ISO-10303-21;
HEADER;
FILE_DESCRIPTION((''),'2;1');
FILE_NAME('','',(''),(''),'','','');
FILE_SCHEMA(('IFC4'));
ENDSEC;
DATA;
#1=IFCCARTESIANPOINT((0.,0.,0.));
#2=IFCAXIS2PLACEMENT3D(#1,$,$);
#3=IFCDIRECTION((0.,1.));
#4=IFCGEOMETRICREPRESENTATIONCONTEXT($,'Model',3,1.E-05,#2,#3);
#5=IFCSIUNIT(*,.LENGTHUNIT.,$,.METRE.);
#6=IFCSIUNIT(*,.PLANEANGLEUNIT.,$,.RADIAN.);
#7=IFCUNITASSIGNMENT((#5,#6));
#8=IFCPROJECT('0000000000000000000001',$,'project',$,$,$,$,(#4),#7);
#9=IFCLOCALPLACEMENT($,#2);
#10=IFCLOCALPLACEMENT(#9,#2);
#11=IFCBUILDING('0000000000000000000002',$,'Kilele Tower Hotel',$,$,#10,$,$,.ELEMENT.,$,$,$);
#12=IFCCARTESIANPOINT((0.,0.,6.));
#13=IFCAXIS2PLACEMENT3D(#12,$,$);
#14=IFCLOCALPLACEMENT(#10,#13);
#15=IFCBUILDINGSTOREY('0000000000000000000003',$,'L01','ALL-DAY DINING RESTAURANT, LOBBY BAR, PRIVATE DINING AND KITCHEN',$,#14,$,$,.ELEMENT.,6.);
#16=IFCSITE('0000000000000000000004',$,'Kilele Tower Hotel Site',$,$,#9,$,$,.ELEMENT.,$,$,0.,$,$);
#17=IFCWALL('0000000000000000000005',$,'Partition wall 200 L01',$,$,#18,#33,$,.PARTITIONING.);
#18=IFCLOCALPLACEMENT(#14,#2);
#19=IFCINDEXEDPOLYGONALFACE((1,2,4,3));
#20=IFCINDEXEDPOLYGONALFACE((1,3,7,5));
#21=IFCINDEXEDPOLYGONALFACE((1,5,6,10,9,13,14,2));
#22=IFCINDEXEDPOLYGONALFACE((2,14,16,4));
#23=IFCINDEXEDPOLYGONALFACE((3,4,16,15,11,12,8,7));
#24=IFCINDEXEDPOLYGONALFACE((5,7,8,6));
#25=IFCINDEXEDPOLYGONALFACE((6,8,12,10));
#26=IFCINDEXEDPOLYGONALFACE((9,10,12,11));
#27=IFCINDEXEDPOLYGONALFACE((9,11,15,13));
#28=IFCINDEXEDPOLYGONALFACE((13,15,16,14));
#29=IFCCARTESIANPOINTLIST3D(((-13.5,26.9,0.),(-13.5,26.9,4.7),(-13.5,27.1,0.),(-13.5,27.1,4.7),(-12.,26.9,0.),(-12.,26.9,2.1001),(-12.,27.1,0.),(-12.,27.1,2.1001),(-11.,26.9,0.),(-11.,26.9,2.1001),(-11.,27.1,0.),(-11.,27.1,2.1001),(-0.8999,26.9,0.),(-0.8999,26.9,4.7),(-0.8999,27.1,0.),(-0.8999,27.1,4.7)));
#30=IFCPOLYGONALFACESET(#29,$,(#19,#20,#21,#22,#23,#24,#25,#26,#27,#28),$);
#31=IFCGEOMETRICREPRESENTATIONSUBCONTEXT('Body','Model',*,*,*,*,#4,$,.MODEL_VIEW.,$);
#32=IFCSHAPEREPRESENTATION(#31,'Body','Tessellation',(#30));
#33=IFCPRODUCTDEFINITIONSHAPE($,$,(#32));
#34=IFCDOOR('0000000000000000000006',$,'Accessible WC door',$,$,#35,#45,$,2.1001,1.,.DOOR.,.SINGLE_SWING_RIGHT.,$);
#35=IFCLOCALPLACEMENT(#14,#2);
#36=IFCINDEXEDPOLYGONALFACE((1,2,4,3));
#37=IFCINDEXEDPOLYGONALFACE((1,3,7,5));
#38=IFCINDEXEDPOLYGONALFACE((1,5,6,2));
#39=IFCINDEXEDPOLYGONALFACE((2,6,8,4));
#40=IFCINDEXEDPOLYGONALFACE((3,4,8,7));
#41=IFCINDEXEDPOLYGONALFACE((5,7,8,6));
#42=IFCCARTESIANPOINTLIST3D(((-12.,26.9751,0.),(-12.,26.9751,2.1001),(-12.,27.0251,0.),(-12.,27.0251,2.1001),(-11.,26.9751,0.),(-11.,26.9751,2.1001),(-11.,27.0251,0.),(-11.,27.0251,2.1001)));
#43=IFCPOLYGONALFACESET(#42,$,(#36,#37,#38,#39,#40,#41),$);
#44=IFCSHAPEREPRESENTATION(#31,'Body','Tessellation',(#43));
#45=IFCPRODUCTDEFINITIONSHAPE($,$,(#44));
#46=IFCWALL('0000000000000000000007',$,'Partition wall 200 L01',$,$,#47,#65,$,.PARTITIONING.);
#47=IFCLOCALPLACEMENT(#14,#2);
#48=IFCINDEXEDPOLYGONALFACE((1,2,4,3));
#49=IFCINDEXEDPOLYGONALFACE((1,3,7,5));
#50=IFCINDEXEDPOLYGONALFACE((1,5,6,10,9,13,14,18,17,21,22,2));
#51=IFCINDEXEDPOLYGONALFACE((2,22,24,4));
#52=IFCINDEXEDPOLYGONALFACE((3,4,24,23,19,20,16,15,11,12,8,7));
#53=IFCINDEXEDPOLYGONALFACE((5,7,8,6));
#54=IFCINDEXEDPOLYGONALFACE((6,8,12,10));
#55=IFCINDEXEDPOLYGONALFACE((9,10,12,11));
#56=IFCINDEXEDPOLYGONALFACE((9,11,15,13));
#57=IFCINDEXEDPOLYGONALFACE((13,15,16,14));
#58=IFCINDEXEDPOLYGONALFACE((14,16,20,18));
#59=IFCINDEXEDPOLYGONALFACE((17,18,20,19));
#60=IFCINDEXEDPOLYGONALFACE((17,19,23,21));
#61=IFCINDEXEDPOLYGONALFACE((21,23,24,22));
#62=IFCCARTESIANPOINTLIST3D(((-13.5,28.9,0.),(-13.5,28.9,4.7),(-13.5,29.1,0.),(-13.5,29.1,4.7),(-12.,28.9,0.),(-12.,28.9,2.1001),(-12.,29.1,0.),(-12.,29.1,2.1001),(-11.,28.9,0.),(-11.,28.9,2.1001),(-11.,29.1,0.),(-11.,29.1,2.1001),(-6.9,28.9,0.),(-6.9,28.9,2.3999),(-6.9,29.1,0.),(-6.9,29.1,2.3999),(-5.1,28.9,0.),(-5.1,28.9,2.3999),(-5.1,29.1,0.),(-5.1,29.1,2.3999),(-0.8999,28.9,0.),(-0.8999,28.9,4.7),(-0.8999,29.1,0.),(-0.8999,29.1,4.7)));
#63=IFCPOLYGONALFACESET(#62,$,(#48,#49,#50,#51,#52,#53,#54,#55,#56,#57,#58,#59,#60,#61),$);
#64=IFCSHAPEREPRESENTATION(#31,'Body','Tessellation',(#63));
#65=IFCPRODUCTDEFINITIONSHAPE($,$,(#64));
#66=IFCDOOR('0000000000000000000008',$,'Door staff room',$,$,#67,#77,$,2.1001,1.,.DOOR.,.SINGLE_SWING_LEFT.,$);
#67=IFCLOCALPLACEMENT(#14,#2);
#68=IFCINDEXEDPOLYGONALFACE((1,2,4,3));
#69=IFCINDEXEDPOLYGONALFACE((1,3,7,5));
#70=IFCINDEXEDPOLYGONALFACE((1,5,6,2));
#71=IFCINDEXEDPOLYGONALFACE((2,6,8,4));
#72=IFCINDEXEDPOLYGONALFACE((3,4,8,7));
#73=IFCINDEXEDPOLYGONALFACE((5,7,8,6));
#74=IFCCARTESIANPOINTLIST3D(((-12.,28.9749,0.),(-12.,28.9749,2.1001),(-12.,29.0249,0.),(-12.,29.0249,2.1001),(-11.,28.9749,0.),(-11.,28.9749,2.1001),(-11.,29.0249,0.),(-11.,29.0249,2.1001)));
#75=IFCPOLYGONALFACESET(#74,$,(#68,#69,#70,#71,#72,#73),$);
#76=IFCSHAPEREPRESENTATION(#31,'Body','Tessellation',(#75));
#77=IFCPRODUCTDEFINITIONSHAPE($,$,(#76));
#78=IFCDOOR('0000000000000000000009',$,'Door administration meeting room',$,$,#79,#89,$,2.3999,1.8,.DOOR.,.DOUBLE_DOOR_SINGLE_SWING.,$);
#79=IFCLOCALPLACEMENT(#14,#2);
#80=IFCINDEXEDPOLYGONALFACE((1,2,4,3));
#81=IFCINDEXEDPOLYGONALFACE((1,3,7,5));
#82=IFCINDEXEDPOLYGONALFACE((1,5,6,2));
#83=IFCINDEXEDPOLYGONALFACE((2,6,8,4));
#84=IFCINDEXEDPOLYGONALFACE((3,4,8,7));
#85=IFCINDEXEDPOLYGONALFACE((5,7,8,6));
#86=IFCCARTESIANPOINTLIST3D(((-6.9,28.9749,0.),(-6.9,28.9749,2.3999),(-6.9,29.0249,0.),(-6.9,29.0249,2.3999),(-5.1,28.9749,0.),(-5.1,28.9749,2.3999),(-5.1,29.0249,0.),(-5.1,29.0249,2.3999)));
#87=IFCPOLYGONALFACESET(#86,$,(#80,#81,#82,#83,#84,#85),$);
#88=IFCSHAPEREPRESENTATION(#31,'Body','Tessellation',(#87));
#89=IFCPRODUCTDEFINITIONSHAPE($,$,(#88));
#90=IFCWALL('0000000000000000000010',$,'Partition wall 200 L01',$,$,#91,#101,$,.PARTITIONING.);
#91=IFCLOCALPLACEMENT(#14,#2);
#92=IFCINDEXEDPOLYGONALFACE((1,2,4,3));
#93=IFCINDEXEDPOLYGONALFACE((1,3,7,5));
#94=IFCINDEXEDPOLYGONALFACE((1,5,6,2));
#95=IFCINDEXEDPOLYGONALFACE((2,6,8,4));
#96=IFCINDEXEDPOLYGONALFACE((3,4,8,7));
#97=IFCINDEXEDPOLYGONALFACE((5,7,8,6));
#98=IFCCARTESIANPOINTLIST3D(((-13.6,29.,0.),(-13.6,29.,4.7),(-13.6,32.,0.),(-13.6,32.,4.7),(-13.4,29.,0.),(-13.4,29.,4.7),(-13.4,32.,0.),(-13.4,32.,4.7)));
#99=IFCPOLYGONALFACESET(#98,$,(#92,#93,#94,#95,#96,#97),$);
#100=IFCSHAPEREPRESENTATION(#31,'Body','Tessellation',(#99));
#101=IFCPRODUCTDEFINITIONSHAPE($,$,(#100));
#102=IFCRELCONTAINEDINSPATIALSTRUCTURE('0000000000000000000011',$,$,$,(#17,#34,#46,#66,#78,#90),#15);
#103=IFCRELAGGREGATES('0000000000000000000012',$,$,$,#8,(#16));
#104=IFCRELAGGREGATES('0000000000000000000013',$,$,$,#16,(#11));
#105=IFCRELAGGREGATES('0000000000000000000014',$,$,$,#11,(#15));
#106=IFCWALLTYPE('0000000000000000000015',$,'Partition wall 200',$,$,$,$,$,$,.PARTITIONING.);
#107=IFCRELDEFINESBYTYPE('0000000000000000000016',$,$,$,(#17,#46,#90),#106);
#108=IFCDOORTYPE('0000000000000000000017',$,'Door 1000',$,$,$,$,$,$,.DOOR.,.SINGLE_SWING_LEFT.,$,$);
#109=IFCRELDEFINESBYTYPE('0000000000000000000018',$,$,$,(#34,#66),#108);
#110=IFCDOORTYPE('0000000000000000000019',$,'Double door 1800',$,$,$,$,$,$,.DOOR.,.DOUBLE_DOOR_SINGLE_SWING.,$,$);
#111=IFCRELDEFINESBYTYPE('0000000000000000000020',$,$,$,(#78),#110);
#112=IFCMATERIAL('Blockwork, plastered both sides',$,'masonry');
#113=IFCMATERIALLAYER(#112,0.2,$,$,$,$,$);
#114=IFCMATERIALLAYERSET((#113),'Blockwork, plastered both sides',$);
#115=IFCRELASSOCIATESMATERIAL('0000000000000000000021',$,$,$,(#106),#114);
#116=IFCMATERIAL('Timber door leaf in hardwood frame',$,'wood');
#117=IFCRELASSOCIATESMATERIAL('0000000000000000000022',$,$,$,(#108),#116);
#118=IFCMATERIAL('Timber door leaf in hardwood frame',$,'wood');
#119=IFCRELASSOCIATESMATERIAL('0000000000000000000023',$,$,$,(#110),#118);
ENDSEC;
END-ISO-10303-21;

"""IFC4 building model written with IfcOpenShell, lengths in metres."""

from ifc_helpers import new_model, si_unit, direction, frame, frame_2d, origin, place, context, subcontext, project, spatial, rectangle, extrude, material, layer, layer_set, type_object, element, fill, save


model = new_model("IFC4")

# Units and contexts
model_context = context("Model", 3, precision=1e-05, world=origin(), true_north=direction((0.0, 1.0)))
body_context = subcontext(model_context, "Body", "Model", "MODEL_VIEW")
ifc_project = project(units=[si_unit("LENGTHUNIT", "METRE"), si_unit("PLANEANGLEUNIT", "RADIAN")], contexts=[model_context])

# Site, building, storey
site_placement = place(None, origin())
site = spatial("IfcSite", under=ifc_project, at=site_placement, Name="Kilele Tower Hotel Site", CompositionType="ELEMENT", RefElevation=0.0)
building_placement = place(site_placement, origin())
building = spatial("IfcBuilding", under=site, at=building_placement, Name="Kilele Tower Hotel", CompositionType="ELEMENT")
storey_placement = place(building_placement, frame((0.0, 0.0, 6.0)))
storey = spatial("IfcBuildingStorey", under=building, at=storey_placement, Name="L01", Description="ALL-DAY DINING RESTAURANT, LOBBY BAR, PRIVATE DINING AND KITCHEN", CompositionType="ELEMENT", Elevation=6.0)

# Wall, opening, door
ifc_material_1 = material(Name="Blockwork, plastered both sides", Category="masonry")
ifc_layer_1 = layer(ifc_material_1, 0.2)
ifc_layer_set_1 = layer_set([ifc_layer_1], Name="Blockwork, plastered both sides")
wall_type = type_object("IfcWallType", Name="Partition wall 200", PredefinedType="PARTITIONING", material=ifc_layer_set_1)
wall_1_placement = place(storey_placement, frame((-13.5, 27.0, 0.0), z_axis=(0.0, 0.0, 1.0), x_axis=(1.0, 0.0, 0.0)))
wall_1 = element("IfcWall", 1, at=wall_1_placement, inside=storey, type_object=wall_type, Name="Partition wall 200 L01", PredefinedType="PARTITIONING", context=body_context, shape_type="SweptSolid", body=[
    extrude(rectangle(XDim=12.6001, YDim=0.2, at=frame_2d((6.3, 0.0))), origin(), (0.0, 0.0, 1.0), 4.7),
])
opening_1_placement = place(wall_1_placement, frame((2.5, 0.0, 0.0), z_axis=(0.0, 0.0, 1.0), x_axis=(-1.0, 0.0, 0.0)))
opening_1 = element("IfcOpeningElement", 2, at=opening_1_placement, cuts=wall_1, PredefinedType="OPENING", context=body_context, shape_type="SweptSolid", body=[
    extrude(rectangle(XDim=1.0, YDim=2.1001, at=frame_2d((0.5, 1.05))), frame((0.0, 0.1099, 0.0), z_axis=(0.0, -1.0, 0.0), x_axis=(1.0, 0.0, 0.0)), (0.0, 0.0, 1.0), 0.22),
])
ifc_material_2 = material(Name="Timber door leaf in hardwood frame", Category="wood")
door_type_1 = type_object("IfcDoorType", Name="Door 1000", OperationType="SINGLE_SWING_LEFT", PredefinedType="DOOR", material=ifc_material_2)
door_1_placement = place(opening_1_placement, origin())
door_1 = element("IfcDoor", 3, at=door_1_placement, inside=storey, type_object=door_type_1, Name="Accessible WC door", OperationType="SINGLE_SWING_RIGHT", OverallHeight=2.1001, OverallWidth=1.0, PredefinedType="DOOR", context=body_context, shape_type="SweptSolid", body=[
    extrude(rectangle(XDim=1.0, YDim=2.1001, at=frame_2d((0.5, 1.05))), frame((0.0, 0.0249, 0.0), z_axis=(0.0, -1.0, 0.0), x_axis=(1.0, 0.0, 0.0)), (0.0, 0.0, 1.0), 0.05),
])
fill(opening_1, door_1)

# Wall, openings, doors
wall_2_placement = place(storey_placement, frame((-13.5, 29.0, 0.0), z_axis=(0.0, 0.0, 1.0), x_axis=(1.0, 0.0, 0.0)))
wall_2 = element("IfcWall", 4, at=wall_2_placement, inside=storey, type_object=wall_type, Name="Partition wall 200 L01", PredefinedType="PARTITIONING", context=body_context, shape_type="SweptSolid", body=[
    extrude(rectangle(XDim=12.6001, YDim=0.2, at=frame_2d((6.3, 0.0))), origin(), (0.0, 0.0, 1.0), 4.7),
])
opening_2_placement = place(wall_2_placement, frame((1.5, 0.0, 0.0)))
opening_2 = element("IfcOpeningElement", 5, at=opening_2_placement, cuts=wall_2, PredefinedType="OPENING", context=body_context, shape_type="SweptSolid", body=[
    extrude(rectangle(XDim=1.0, YDim=2.1001, at=frame_2d((0.5, 1.05))), frame((0.0, 0.1099, 0.0), z_axis=(0.0, -1.0, 0.0), x_axis=(1.0, 0.0, 0.0)), (0.0, 0.0, 1.0), 0.22),
])
opening_3_placement = place(wall_2_placement, frame((6.6001, 0.0, 0.0)))
opening_3 = element("IfcOpeningElement", 6, at=opening_3_placement, cuts=wall_2, PredefinedType="OPENING", context=body_context, shape_type="SweptSolid", body=[
    extrude(rectangle(XDim=1.8, YDim=2.3999, at=frame_2d((0.8999, 1.2))), frame((0.0, 0.1099, 0.0), z_axis=(0.0, -1.0, 0.0), x_axis=(1.0, 0.0, 0.0)), (0.0, 0.0, 1.0), 0.22),
])
door_2_placement = place(opening_2_placement, origin())
door_2 = element("IfcDoor", 7, at=door_2_placement, inside=storey, type_object=door_type_1, Name="Door staff room", OperationType="SINGLE_SWING_LEFT", OverallHeight=2.1001, OverallWidth=1.0, PredefinedType="DOOR", context=body_context, shape_type="SweptSolid", body=[
    extrude(rectangle(XDim=1.0, YDim=2.1001, at=frame_2d((0.5, 1.05))), frame((0.0, 0.0249, 0.0), z_axis=(0.0, -1.0, 0.0), x_axis=(1.0, 0.0, 0.0)), (0.0, 0.0, 1.0), 0.05),
])
fill(opening_2, door_2)
ifc_material_3 = material(Name="Timber door leaf in hardwood frame", Category="wood")
door_type_2 = type_object("IfcDoorType", Name="Double door 1800", OperationType="DOUBLE_DOOR_SINGLE_SWING", PredefinedType="DOOR", material=ifc_material_3)
door_3_placement = place(opening_3_placement, origin())
door_3 = element("IfcDoor", 8, at=door_3_placement, inside=storey, type_object=door_type_2, Name="Door administration meeting room", OperationType="DOUBLE_DOOR_SINGLE_SWING", OverallHeight=2.3999, OverallWidth=1.8, PredefinedType="DOOR", context=body_context, shape_type="SweptSolid", body=[
    extrude(rectangle(XDim=1.8, YDim=2.3999, at=frame_2d((0.8999, 1.2))), frame((0.0, 0.0249, 0.0), z_axis=(0.0, -1.0, 0.0), x_axis=(1.0, 0.0, 0.0)), (0.0, 0.0, 1.0), 0.05),
])
fill(opening_3, door_3)

# Wall
wall_3_placement = place(storey_placement, frame((-13.5, 29.0, 0.0), z_axis=(0.0, 0.0, 1.0), x_axis=(0.0, 1.0, 0.0)))
element("IfcWall", 9, at=wall_3_placement, inside=storey, type_object=wall_type, Name="Partition wall 200 L01", PredefinedType="PARTITIONING", context=body_context, shape_type="SweptSolid", body=[
    extrude(rectangle(XDim=3.0, YDim=0.2, at=frame_2d((1.5, 0.0))), origin(), (0.0, 0.0, 1.0), 4.7),
])

save(model, "model.ifc")
